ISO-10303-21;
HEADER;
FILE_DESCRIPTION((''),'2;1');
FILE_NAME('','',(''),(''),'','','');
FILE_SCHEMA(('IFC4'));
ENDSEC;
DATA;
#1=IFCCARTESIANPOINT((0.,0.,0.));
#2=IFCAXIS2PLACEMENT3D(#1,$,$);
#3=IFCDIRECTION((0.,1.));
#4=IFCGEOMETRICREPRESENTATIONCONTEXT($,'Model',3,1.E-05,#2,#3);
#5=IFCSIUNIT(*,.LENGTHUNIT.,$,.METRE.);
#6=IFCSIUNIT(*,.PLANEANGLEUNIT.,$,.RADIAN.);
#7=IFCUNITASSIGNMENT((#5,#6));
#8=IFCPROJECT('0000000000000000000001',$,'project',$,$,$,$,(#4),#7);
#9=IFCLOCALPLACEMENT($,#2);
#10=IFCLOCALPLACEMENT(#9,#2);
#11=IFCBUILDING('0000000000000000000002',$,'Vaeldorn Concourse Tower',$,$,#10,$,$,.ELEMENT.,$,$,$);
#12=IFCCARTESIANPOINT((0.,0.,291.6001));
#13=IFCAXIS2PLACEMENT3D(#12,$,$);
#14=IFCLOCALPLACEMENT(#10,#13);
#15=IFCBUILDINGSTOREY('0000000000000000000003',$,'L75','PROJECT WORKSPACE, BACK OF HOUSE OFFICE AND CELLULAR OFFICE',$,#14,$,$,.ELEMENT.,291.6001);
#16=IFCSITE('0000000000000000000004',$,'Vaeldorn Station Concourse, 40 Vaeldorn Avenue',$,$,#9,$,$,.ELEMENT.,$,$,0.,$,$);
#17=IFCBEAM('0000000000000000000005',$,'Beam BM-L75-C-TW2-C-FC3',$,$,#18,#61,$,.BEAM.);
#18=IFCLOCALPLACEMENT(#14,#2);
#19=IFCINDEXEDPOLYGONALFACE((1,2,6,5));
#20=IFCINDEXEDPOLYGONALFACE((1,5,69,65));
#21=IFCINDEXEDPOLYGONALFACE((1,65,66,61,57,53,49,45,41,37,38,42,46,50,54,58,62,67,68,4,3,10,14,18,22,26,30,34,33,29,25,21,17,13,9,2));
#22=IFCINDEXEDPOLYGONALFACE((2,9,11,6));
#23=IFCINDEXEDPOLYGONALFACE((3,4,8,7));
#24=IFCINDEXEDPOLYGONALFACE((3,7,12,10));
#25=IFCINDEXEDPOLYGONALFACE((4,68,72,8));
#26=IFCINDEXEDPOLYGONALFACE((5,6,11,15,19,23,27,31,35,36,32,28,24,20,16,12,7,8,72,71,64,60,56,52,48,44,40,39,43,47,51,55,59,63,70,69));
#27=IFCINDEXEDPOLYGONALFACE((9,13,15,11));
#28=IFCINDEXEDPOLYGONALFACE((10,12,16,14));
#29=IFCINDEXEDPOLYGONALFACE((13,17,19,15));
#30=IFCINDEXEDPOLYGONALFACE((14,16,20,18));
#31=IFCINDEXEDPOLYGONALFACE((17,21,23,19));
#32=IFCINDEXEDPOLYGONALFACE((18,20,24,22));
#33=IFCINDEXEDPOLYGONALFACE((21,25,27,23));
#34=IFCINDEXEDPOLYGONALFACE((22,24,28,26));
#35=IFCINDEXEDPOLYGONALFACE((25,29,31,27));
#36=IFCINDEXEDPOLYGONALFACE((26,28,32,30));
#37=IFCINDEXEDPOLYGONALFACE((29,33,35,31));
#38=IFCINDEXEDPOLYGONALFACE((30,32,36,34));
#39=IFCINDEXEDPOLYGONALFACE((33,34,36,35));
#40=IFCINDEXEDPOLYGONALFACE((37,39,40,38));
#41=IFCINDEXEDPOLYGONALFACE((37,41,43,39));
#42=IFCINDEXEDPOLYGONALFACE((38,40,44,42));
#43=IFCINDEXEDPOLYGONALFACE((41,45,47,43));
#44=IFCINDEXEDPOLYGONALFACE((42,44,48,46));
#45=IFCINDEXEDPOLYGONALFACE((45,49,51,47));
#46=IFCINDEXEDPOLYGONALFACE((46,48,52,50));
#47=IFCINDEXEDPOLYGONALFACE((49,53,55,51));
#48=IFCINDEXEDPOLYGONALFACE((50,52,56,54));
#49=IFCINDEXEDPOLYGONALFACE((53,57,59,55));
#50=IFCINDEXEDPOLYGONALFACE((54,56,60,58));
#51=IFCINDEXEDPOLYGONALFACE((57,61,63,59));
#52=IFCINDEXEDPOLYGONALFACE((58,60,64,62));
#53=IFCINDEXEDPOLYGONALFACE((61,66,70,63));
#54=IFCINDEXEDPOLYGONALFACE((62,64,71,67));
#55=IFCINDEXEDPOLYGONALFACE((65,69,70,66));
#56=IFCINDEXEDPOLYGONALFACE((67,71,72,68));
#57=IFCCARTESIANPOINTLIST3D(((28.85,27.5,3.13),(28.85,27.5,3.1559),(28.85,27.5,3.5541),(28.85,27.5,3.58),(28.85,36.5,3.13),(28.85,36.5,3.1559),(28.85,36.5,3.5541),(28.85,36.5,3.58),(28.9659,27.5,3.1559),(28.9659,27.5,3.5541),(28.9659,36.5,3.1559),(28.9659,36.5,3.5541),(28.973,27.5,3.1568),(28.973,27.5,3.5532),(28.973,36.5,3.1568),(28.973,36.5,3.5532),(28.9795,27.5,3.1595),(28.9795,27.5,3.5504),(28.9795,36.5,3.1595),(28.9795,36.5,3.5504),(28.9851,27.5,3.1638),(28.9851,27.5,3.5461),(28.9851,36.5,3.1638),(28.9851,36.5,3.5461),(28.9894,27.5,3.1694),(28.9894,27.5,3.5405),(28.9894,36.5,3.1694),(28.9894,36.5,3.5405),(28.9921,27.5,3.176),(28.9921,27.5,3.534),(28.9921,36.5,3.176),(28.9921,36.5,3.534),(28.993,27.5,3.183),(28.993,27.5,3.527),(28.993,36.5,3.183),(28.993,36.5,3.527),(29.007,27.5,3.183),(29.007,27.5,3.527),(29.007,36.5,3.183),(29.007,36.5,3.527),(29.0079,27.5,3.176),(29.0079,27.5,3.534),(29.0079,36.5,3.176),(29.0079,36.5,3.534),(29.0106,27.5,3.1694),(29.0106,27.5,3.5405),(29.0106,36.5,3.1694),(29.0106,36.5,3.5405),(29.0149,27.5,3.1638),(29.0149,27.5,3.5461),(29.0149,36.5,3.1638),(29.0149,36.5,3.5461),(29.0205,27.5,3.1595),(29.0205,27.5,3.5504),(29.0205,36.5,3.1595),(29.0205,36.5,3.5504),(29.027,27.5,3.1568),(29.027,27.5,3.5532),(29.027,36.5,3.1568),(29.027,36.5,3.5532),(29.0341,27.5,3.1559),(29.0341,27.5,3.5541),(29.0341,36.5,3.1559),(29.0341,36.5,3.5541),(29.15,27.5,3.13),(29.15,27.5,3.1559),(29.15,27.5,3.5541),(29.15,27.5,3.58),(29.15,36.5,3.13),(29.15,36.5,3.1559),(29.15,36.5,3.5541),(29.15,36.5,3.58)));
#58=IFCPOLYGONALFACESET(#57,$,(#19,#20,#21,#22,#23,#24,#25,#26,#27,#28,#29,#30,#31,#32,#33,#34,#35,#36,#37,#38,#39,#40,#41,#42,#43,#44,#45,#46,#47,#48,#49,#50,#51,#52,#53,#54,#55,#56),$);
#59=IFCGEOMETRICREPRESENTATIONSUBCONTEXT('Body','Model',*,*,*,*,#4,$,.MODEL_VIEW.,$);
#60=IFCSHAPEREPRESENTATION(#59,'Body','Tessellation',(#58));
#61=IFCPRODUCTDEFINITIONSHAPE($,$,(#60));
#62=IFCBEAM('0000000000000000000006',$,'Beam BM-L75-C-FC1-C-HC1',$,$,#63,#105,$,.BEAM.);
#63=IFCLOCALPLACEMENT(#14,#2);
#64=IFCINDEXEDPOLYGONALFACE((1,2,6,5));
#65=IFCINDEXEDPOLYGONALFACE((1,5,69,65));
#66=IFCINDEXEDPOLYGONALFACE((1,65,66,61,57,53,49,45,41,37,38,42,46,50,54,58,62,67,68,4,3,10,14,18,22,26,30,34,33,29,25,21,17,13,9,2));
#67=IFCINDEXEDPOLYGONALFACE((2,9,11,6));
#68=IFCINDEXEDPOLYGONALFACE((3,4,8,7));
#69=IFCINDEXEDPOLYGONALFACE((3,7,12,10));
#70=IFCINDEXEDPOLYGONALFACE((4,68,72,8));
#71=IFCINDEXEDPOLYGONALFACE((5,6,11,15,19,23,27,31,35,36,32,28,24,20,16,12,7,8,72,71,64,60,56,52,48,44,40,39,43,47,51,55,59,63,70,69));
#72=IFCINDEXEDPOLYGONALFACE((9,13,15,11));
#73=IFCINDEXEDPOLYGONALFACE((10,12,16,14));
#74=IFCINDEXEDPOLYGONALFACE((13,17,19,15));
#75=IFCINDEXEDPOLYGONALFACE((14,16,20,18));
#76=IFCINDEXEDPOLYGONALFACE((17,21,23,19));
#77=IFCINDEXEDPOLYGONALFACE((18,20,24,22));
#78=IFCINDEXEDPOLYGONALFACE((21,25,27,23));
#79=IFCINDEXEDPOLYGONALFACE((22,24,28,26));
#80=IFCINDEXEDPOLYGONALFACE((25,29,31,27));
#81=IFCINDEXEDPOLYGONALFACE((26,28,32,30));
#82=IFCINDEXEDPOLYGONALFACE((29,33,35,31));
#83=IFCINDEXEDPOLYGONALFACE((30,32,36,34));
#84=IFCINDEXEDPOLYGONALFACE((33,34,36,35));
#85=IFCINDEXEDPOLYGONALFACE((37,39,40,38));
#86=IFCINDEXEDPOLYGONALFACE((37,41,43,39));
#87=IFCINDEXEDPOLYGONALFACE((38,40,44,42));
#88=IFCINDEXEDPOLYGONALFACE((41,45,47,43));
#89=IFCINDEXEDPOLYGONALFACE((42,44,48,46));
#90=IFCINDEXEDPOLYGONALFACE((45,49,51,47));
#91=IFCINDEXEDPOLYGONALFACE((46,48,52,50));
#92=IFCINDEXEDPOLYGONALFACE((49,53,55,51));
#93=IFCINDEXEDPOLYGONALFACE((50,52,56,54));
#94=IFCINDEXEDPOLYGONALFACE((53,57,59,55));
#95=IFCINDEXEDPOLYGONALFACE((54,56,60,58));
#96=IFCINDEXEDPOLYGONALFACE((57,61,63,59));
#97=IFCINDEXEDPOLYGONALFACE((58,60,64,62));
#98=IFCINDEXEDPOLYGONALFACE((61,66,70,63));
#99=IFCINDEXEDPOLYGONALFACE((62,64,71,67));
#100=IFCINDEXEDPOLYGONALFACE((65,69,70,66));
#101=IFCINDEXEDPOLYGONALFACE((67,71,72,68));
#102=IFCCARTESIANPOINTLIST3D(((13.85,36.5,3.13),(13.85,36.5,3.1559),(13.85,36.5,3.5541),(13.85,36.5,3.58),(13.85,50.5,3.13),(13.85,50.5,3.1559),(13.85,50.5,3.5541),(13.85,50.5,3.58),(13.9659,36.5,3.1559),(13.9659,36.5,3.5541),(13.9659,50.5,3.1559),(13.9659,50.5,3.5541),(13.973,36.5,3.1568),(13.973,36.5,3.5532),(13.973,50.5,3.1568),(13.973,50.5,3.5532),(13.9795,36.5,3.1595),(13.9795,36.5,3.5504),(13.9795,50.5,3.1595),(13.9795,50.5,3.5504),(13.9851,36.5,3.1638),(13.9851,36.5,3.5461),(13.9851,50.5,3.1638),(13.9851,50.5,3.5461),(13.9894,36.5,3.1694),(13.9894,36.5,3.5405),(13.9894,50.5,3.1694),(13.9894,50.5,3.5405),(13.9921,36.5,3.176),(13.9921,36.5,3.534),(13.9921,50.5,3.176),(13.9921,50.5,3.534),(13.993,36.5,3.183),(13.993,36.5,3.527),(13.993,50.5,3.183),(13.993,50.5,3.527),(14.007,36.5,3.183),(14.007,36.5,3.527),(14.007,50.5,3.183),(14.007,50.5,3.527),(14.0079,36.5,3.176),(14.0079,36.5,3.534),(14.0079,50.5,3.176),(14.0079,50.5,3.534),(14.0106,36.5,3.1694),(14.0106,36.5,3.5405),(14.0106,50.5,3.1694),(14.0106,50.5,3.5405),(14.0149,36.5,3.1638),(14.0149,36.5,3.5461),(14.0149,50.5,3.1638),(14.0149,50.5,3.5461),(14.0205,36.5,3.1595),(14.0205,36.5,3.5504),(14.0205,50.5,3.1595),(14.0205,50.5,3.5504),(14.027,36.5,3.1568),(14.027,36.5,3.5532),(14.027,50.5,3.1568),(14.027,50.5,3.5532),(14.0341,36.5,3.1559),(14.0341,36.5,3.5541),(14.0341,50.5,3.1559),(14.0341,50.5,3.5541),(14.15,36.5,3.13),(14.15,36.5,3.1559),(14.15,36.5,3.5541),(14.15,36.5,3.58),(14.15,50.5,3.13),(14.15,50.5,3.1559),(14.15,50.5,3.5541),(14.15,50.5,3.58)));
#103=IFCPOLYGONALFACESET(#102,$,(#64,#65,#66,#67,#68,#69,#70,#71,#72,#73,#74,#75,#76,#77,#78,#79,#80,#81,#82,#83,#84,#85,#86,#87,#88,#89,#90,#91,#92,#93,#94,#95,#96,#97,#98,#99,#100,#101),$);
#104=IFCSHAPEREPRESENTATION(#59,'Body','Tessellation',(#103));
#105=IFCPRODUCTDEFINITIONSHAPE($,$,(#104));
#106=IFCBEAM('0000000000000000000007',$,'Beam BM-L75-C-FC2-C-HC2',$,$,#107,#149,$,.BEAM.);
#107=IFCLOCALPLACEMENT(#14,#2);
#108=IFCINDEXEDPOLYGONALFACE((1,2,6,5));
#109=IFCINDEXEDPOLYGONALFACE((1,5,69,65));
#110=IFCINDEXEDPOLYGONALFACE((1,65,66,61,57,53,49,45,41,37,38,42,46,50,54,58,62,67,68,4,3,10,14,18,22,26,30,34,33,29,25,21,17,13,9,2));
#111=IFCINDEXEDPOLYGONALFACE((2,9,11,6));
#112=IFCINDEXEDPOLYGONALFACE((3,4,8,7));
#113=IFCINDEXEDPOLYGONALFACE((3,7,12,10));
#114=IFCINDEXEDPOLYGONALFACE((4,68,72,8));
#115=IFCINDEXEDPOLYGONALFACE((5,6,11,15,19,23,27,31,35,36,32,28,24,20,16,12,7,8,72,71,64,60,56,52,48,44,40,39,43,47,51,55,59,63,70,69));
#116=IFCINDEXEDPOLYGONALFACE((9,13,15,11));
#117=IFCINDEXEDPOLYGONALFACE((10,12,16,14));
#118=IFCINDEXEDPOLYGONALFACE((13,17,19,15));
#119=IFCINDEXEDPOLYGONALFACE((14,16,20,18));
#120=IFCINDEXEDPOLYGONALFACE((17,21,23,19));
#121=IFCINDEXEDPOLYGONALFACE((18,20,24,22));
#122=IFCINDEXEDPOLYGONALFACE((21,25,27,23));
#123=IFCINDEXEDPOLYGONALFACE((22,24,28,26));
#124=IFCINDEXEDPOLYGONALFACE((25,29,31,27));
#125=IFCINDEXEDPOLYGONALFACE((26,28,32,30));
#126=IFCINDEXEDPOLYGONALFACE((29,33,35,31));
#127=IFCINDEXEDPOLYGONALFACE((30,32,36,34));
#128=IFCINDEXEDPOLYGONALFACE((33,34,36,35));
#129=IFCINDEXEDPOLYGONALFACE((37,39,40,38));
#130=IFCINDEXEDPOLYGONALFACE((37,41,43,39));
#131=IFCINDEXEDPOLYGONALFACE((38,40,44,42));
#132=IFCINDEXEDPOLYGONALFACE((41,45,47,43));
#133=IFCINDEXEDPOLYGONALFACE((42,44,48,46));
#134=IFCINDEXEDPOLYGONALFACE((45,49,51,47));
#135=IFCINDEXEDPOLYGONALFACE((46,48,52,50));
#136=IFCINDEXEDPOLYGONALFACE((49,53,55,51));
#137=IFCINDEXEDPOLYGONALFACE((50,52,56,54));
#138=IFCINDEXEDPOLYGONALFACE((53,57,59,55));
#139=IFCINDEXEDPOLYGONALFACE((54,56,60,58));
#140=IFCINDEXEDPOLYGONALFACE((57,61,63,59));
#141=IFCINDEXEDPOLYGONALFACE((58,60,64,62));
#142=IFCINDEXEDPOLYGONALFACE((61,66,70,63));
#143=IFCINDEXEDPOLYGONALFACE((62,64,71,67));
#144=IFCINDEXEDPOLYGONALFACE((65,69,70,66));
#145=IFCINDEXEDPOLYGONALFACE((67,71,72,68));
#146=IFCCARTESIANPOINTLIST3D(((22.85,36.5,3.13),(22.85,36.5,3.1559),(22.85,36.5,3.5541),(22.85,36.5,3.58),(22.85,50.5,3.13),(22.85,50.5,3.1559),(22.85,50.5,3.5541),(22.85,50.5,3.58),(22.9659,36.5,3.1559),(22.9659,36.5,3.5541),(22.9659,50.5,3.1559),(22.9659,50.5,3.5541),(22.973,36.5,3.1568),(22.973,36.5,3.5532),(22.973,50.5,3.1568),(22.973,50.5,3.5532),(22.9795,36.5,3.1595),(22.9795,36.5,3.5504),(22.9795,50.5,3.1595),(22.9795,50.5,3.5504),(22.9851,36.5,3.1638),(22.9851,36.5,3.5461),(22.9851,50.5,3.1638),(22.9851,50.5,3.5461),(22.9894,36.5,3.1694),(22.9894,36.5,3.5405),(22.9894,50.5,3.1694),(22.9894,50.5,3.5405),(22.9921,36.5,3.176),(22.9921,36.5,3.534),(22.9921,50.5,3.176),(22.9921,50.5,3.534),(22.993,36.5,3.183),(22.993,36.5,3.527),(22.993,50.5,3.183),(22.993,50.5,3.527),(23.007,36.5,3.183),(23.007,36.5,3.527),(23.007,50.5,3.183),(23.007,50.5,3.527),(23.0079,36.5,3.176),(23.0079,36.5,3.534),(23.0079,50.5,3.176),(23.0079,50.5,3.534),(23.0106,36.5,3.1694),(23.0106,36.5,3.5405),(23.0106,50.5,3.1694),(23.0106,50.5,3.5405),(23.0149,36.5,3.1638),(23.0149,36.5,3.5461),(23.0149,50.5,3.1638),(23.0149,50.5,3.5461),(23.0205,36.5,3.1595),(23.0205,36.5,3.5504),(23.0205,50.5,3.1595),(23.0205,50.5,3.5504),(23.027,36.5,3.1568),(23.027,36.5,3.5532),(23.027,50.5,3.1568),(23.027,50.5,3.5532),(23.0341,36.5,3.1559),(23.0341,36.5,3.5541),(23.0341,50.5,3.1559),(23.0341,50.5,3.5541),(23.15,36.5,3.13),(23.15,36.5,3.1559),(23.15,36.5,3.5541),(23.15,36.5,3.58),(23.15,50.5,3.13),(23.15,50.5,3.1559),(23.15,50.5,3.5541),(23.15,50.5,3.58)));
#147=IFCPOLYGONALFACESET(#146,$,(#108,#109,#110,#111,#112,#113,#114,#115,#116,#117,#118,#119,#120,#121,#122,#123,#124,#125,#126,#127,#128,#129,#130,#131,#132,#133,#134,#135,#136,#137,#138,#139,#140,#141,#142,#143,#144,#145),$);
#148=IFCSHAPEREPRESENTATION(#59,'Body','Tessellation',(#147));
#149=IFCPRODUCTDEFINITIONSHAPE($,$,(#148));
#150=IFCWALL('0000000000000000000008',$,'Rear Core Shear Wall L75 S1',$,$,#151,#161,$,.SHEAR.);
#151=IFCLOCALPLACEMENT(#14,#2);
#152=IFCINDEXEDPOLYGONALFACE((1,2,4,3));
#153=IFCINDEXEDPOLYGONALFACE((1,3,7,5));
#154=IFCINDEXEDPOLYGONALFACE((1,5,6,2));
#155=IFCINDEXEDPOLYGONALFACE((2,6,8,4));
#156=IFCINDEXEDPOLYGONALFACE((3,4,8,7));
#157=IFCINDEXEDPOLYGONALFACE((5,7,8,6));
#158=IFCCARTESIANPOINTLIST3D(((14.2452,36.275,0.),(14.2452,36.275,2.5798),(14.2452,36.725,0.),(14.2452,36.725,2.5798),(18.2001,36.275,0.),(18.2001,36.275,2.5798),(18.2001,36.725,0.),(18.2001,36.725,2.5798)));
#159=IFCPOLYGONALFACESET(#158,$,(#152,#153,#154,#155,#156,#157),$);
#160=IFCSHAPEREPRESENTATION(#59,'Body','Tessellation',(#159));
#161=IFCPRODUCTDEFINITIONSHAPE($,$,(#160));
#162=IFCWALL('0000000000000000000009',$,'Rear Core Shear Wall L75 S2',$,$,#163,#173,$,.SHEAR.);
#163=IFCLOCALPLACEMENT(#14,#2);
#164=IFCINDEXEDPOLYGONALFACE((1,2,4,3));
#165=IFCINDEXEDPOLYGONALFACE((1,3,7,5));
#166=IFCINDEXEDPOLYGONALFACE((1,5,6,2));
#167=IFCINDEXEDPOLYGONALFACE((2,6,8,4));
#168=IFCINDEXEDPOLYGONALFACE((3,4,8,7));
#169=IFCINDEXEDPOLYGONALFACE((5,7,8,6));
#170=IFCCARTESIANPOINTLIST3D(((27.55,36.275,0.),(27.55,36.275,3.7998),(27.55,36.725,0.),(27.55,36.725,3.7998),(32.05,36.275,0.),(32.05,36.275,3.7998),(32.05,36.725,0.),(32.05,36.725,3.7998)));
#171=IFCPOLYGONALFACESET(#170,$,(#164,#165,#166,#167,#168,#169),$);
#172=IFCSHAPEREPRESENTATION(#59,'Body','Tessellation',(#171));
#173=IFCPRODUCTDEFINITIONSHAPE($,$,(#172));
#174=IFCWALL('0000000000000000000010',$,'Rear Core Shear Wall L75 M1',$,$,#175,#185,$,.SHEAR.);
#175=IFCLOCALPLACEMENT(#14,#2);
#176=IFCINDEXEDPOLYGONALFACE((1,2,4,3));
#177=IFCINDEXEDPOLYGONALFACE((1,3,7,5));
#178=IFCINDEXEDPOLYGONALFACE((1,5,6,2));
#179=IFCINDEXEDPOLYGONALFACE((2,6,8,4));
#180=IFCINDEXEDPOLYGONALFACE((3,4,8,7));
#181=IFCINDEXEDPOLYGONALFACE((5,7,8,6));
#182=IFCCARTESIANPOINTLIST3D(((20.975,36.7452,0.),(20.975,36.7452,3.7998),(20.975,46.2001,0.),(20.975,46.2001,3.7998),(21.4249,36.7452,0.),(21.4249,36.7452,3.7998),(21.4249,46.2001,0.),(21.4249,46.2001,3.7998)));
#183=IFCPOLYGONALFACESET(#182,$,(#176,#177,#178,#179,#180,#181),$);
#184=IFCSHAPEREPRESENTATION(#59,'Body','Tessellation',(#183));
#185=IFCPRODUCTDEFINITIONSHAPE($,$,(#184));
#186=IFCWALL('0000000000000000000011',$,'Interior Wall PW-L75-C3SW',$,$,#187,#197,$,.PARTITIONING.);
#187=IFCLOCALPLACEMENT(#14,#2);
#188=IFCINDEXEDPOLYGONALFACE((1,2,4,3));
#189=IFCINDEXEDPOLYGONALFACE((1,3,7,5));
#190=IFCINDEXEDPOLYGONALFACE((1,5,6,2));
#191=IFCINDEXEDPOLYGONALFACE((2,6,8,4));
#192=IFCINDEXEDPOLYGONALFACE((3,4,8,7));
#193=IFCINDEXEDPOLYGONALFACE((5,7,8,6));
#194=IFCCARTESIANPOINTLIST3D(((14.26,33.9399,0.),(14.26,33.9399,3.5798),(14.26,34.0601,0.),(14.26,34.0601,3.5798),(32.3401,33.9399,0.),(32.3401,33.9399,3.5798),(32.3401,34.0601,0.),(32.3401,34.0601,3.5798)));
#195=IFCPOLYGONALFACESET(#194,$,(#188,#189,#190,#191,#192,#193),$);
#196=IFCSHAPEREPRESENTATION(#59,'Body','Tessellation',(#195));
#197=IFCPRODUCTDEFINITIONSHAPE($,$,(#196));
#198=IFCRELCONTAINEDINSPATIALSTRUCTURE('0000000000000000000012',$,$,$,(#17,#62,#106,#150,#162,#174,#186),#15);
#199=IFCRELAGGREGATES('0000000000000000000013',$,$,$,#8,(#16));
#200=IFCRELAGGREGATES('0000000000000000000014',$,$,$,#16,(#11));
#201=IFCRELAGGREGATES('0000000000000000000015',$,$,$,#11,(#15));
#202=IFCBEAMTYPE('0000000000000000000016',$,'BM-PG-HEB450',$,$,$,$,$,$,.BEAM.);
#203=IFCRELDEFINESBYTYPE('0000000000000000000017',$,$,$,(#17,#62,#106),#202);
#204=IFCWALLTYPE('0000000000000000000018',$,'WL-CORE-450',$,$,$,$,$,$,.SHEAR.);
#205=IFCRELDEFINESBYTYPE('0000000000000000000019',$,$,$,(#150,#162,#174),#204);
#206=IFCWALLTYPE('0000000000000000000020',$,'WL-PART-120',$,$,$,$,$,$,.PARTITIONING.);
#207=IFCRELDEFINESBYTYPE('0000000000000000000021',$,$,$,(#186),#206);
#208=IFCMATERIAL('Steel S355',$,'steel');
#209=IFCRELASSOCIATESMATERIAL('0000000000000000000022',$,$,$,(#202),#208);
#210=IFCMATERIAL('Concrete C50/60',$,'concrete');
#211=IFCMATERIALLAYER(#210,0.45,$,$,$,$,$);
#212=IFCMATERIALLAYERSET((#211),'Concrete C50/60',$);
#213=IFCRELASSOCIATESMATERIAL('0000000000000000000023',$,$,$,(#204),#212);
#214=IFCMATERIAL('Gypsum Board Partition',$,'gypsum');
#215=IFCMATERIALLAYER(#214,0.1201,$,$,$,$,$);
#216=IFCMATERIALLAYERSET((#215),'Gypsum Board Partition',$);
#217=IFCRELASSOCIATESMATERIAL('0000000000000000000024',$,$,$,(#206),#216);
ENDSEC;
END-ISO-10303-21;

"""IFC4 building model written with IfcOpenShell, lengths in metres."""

from ifc_helpers import new_model, si_unit, direction, frame, frame_2d, origin, origin_2d, place, context, subcontext, project, spatial, rectangle, i_section, extrude, source, transform, mapped, material, layer, layer_set, material_profile, profile_set, type_object, element, save


model = new_model("IFC4")

# Units and contexts
model_context = context("Model", 3, precision=1e-05, world=origin(), true_north=direction((0.0, 1.0)))
body_context = subcontext(model_context, "Body", "Model", "MODEL_VIEW")
ifc_project = project(units=[si_unit("LENGTHUNIT", "METRE"), si_unit("PLANEANGLEUNIT", "RADIAN")], contexts=[model_context])

# Site, building, storey
site_placement = place(None, origin())
site = spatial("IfcSite", under=ifc_project, at=site_placement, Name="Vaeldorn Station Concourse, 40 Vaeldorn Avenue", CompositionType="ELEMENT", RefElevation=0.0)
building_placement = place(site_placement, origin())
building = spatial("IfcBuilding", under=site, at=building_placement, Name="Vaeldorn Concourse Tower", CompositionType="ELEMENT")
storey_placement = place(building_placement, frame((0.0, 0.0, 291.6001)))
storey = spatial("IfcBuildingStorey", under=building, at=storey_placement, Name="L75", Description="PROJECT WORKSPACE, BACK OF HOUSE OFFICE AND CELLULAR OFFICE", CompositionType="ELEMENT", Elevation=291.6001)

# Shared definitions
ifc_material_1 = material(Name="Steel S355", Category="steel")

# Beams
ifc_material_2 = material(Name="Concrete C50/60", Category="concrete")
ifc_material_profile_1 = material_profile(ifc_material_1, i_section(OverallWidth=0.3, OverallDepth=0.45, WebThickness=0.0139, FlangeThickness=0.0259, FilletRadius=0.0271, at=origin_2d()), Name="HEB 450")
ifc_profile_set_1 = profile_set([ifc_material_profile_1], Name="Steel S355")
beam_type_1 = type_object("IfcBeamType", Name="BM-PG-HEB450", PredefinedType="BEAM", material=ifc_profile_set_1)
shared_shape_1 = source(origin(), body_context, "Body", "SweptSolid", [
    extrude(i_section(OverallWidth=0.3, OverallDepth=0.45, WebThickness=0.0139, FlangeThickness=0.0259, FilletRadius=0.0271, at=origin_2d()), origin(), (0.0, 0.0, 1.0), 9.0),
])
beam_1_placement = place(storey_placement, frame((29.0, 27.5, 3.355), z_axis=(0.0, 1.0, 0.0), x_axis=(-1.0, 0.0, 0.0)))
element("IfcBeam", 1, at=beam_1_placement, inside=storey, type_object=beam_type_1, Name="Beam BM-L75-C-TW2-C-FC3", PredefinedType="BEAM", context=body_context, shape_type="MappedRepresentation", body=[
    mapped(shared_shape_1, transform((0.0, 0.0, 0.0), scale=1.0)),
])
shared_shape_2 = source(origin(), body_context, "Body", "SweptSolid", [
    extrude(i_section(OverallWidth=0.3, OverallDepth=0.45, WebThickness=0.0139, FlangeThickness=0.0259, FilletRadius=0.0271, at=origin_2d()), origin(), (0.0, 0.0, 1.0), 14.0),
])
for number, where, z_axis, x_axis, name in (
    (2, (14.0, 36.5, 3.355), (0.0, 1.0, 0.0), (-1.0, 0.0, 0.0), "Beam BM-L75-C-FC1-C-HC1"),
    (3, (23.0, 36.5, 3.355), (0.0, 1.0, 0.0), (-1.0, 0.0, 0.0), "Beam BM-L75-C-FC2-C-HC2"),
):
    element("IfcBeam", number, at=place(storey_placement, frame(where, z_axis=z_axis, x_axis=x_axis)), inside=storey, type_object=beam_type_1, Name=name, PredefinedType="BEAM", context=body_context, shape_type="MappedRepresentation", body=[
        mapped(shared_shape_2, transform((0.0, 0.0, 0.0), scale=1.0)),
    ])

# Walls
ifc_layer_1 = layer(ifc_material_2, 0.45)
ifc_layer_set_1 = layer_set([ifc_layer_1], Name="Concrete C50/60")
wall_type_1 = type_object("IfcWallType", Name="WL-CORE-450", PredefinedType="SHEAR", material=ifc_layer_set_1)
wall_1_placement = place(storey_placement, frame((14.2451, 36.5, 0.0), z_axis=(0.0, 0.0, 1.0), x_axis=(1.0, 0.0, 0.0)))
element("IfcWall", 4, at=wall_1_placement, inside=storey, type_object=wall_type_1, Name="Rear Core Shear Wall L75 S1", PredefinedType="SHEAR", context=body_context, shape_type="SweptSolid", body=[
    extrude(rectangle(XDim=3.9548, YDim=0.45, at=frame_2d((1.9775, 0.0))), origin(), (0.0, 0.0, 1.0), 2.5798),
])
wall_2_placement = place(storey_placement, frame((27.55, 36.5, 0.0), z_axis=(0.0, 0.0, 1.0), x_axis=(1.0, 0.0, 0.0)))
element("IfcWall", 5, at=wall_2_placement, inside=storey, type_object=wall_type_1, Name="Rear Core Shear Wall L75 S2", PredefinedType="SHEAR", context=body_context, shape_type="SweptSolid", body=[
    extrude(rectangle(XDim=4.5, YDim=0.45, at=frame_2d((2.25, 0.0))), origin(), (0.0, 0.0, 1.0), 3.7998),
])
wall_3_placement = place(storey_placement, frame((21.2, 36.7451, 0.0), z_axis=(0.0, 0.0, 1.0), x_axis=(0.0, 1.0, 0.0)))
element("IfcWall", 6, at=wall_3_placement, inside=storey, type_object=wall_type_1, Name="Rear Core Shear Wall L75 M1", PredefinedType="SHEAR", context=body_context, shape_type="SweptSolid", body=[
    extrude(rectangle(XDim=9.4548, YDim=0.45, at=frame_2d((4.7275, 0.0))), origin(), (0.0, 0.0, 1.0), 3.7998),
])
ifc_material_3 = material(Name="Gypsum Board Partition", Category="gypsum")
ifc_layer_2 = layer(ifc_material_3, 0.1201)
ifc_layer_set_2 = layer_set([ifc_layer_2], Name="Gypsum Board Partition")
wall_type_2 = type_object("IfcWallType", Name="WL-PART-120", PredefinedType="PARTITIONING", material=ifc_layer_set_2)
wall_4_placement = place(storey_placement, frame((14.26, 34.0, 0.0), z_axis=(0.0, 0.0, 1.0), x_axis=(1.0, 0.0, 0.0)))
element("IfcWall", 7, at=wall_4_placement, inside=storey, type_object=wall_type_2, Name="Interior Wall PW-L75-C3SW", PredefinedType="PARTITIONING", context=body_context, shape_type="SweptSolid", body=[
    extrude(rectangle(XDim=18.0801, YDim=0.1201, at=frame_2d((9.04, 0.0))), origin(), (0.0, 0.0, 1.0), 3.5798),
])

save(model, "model.ifc")
